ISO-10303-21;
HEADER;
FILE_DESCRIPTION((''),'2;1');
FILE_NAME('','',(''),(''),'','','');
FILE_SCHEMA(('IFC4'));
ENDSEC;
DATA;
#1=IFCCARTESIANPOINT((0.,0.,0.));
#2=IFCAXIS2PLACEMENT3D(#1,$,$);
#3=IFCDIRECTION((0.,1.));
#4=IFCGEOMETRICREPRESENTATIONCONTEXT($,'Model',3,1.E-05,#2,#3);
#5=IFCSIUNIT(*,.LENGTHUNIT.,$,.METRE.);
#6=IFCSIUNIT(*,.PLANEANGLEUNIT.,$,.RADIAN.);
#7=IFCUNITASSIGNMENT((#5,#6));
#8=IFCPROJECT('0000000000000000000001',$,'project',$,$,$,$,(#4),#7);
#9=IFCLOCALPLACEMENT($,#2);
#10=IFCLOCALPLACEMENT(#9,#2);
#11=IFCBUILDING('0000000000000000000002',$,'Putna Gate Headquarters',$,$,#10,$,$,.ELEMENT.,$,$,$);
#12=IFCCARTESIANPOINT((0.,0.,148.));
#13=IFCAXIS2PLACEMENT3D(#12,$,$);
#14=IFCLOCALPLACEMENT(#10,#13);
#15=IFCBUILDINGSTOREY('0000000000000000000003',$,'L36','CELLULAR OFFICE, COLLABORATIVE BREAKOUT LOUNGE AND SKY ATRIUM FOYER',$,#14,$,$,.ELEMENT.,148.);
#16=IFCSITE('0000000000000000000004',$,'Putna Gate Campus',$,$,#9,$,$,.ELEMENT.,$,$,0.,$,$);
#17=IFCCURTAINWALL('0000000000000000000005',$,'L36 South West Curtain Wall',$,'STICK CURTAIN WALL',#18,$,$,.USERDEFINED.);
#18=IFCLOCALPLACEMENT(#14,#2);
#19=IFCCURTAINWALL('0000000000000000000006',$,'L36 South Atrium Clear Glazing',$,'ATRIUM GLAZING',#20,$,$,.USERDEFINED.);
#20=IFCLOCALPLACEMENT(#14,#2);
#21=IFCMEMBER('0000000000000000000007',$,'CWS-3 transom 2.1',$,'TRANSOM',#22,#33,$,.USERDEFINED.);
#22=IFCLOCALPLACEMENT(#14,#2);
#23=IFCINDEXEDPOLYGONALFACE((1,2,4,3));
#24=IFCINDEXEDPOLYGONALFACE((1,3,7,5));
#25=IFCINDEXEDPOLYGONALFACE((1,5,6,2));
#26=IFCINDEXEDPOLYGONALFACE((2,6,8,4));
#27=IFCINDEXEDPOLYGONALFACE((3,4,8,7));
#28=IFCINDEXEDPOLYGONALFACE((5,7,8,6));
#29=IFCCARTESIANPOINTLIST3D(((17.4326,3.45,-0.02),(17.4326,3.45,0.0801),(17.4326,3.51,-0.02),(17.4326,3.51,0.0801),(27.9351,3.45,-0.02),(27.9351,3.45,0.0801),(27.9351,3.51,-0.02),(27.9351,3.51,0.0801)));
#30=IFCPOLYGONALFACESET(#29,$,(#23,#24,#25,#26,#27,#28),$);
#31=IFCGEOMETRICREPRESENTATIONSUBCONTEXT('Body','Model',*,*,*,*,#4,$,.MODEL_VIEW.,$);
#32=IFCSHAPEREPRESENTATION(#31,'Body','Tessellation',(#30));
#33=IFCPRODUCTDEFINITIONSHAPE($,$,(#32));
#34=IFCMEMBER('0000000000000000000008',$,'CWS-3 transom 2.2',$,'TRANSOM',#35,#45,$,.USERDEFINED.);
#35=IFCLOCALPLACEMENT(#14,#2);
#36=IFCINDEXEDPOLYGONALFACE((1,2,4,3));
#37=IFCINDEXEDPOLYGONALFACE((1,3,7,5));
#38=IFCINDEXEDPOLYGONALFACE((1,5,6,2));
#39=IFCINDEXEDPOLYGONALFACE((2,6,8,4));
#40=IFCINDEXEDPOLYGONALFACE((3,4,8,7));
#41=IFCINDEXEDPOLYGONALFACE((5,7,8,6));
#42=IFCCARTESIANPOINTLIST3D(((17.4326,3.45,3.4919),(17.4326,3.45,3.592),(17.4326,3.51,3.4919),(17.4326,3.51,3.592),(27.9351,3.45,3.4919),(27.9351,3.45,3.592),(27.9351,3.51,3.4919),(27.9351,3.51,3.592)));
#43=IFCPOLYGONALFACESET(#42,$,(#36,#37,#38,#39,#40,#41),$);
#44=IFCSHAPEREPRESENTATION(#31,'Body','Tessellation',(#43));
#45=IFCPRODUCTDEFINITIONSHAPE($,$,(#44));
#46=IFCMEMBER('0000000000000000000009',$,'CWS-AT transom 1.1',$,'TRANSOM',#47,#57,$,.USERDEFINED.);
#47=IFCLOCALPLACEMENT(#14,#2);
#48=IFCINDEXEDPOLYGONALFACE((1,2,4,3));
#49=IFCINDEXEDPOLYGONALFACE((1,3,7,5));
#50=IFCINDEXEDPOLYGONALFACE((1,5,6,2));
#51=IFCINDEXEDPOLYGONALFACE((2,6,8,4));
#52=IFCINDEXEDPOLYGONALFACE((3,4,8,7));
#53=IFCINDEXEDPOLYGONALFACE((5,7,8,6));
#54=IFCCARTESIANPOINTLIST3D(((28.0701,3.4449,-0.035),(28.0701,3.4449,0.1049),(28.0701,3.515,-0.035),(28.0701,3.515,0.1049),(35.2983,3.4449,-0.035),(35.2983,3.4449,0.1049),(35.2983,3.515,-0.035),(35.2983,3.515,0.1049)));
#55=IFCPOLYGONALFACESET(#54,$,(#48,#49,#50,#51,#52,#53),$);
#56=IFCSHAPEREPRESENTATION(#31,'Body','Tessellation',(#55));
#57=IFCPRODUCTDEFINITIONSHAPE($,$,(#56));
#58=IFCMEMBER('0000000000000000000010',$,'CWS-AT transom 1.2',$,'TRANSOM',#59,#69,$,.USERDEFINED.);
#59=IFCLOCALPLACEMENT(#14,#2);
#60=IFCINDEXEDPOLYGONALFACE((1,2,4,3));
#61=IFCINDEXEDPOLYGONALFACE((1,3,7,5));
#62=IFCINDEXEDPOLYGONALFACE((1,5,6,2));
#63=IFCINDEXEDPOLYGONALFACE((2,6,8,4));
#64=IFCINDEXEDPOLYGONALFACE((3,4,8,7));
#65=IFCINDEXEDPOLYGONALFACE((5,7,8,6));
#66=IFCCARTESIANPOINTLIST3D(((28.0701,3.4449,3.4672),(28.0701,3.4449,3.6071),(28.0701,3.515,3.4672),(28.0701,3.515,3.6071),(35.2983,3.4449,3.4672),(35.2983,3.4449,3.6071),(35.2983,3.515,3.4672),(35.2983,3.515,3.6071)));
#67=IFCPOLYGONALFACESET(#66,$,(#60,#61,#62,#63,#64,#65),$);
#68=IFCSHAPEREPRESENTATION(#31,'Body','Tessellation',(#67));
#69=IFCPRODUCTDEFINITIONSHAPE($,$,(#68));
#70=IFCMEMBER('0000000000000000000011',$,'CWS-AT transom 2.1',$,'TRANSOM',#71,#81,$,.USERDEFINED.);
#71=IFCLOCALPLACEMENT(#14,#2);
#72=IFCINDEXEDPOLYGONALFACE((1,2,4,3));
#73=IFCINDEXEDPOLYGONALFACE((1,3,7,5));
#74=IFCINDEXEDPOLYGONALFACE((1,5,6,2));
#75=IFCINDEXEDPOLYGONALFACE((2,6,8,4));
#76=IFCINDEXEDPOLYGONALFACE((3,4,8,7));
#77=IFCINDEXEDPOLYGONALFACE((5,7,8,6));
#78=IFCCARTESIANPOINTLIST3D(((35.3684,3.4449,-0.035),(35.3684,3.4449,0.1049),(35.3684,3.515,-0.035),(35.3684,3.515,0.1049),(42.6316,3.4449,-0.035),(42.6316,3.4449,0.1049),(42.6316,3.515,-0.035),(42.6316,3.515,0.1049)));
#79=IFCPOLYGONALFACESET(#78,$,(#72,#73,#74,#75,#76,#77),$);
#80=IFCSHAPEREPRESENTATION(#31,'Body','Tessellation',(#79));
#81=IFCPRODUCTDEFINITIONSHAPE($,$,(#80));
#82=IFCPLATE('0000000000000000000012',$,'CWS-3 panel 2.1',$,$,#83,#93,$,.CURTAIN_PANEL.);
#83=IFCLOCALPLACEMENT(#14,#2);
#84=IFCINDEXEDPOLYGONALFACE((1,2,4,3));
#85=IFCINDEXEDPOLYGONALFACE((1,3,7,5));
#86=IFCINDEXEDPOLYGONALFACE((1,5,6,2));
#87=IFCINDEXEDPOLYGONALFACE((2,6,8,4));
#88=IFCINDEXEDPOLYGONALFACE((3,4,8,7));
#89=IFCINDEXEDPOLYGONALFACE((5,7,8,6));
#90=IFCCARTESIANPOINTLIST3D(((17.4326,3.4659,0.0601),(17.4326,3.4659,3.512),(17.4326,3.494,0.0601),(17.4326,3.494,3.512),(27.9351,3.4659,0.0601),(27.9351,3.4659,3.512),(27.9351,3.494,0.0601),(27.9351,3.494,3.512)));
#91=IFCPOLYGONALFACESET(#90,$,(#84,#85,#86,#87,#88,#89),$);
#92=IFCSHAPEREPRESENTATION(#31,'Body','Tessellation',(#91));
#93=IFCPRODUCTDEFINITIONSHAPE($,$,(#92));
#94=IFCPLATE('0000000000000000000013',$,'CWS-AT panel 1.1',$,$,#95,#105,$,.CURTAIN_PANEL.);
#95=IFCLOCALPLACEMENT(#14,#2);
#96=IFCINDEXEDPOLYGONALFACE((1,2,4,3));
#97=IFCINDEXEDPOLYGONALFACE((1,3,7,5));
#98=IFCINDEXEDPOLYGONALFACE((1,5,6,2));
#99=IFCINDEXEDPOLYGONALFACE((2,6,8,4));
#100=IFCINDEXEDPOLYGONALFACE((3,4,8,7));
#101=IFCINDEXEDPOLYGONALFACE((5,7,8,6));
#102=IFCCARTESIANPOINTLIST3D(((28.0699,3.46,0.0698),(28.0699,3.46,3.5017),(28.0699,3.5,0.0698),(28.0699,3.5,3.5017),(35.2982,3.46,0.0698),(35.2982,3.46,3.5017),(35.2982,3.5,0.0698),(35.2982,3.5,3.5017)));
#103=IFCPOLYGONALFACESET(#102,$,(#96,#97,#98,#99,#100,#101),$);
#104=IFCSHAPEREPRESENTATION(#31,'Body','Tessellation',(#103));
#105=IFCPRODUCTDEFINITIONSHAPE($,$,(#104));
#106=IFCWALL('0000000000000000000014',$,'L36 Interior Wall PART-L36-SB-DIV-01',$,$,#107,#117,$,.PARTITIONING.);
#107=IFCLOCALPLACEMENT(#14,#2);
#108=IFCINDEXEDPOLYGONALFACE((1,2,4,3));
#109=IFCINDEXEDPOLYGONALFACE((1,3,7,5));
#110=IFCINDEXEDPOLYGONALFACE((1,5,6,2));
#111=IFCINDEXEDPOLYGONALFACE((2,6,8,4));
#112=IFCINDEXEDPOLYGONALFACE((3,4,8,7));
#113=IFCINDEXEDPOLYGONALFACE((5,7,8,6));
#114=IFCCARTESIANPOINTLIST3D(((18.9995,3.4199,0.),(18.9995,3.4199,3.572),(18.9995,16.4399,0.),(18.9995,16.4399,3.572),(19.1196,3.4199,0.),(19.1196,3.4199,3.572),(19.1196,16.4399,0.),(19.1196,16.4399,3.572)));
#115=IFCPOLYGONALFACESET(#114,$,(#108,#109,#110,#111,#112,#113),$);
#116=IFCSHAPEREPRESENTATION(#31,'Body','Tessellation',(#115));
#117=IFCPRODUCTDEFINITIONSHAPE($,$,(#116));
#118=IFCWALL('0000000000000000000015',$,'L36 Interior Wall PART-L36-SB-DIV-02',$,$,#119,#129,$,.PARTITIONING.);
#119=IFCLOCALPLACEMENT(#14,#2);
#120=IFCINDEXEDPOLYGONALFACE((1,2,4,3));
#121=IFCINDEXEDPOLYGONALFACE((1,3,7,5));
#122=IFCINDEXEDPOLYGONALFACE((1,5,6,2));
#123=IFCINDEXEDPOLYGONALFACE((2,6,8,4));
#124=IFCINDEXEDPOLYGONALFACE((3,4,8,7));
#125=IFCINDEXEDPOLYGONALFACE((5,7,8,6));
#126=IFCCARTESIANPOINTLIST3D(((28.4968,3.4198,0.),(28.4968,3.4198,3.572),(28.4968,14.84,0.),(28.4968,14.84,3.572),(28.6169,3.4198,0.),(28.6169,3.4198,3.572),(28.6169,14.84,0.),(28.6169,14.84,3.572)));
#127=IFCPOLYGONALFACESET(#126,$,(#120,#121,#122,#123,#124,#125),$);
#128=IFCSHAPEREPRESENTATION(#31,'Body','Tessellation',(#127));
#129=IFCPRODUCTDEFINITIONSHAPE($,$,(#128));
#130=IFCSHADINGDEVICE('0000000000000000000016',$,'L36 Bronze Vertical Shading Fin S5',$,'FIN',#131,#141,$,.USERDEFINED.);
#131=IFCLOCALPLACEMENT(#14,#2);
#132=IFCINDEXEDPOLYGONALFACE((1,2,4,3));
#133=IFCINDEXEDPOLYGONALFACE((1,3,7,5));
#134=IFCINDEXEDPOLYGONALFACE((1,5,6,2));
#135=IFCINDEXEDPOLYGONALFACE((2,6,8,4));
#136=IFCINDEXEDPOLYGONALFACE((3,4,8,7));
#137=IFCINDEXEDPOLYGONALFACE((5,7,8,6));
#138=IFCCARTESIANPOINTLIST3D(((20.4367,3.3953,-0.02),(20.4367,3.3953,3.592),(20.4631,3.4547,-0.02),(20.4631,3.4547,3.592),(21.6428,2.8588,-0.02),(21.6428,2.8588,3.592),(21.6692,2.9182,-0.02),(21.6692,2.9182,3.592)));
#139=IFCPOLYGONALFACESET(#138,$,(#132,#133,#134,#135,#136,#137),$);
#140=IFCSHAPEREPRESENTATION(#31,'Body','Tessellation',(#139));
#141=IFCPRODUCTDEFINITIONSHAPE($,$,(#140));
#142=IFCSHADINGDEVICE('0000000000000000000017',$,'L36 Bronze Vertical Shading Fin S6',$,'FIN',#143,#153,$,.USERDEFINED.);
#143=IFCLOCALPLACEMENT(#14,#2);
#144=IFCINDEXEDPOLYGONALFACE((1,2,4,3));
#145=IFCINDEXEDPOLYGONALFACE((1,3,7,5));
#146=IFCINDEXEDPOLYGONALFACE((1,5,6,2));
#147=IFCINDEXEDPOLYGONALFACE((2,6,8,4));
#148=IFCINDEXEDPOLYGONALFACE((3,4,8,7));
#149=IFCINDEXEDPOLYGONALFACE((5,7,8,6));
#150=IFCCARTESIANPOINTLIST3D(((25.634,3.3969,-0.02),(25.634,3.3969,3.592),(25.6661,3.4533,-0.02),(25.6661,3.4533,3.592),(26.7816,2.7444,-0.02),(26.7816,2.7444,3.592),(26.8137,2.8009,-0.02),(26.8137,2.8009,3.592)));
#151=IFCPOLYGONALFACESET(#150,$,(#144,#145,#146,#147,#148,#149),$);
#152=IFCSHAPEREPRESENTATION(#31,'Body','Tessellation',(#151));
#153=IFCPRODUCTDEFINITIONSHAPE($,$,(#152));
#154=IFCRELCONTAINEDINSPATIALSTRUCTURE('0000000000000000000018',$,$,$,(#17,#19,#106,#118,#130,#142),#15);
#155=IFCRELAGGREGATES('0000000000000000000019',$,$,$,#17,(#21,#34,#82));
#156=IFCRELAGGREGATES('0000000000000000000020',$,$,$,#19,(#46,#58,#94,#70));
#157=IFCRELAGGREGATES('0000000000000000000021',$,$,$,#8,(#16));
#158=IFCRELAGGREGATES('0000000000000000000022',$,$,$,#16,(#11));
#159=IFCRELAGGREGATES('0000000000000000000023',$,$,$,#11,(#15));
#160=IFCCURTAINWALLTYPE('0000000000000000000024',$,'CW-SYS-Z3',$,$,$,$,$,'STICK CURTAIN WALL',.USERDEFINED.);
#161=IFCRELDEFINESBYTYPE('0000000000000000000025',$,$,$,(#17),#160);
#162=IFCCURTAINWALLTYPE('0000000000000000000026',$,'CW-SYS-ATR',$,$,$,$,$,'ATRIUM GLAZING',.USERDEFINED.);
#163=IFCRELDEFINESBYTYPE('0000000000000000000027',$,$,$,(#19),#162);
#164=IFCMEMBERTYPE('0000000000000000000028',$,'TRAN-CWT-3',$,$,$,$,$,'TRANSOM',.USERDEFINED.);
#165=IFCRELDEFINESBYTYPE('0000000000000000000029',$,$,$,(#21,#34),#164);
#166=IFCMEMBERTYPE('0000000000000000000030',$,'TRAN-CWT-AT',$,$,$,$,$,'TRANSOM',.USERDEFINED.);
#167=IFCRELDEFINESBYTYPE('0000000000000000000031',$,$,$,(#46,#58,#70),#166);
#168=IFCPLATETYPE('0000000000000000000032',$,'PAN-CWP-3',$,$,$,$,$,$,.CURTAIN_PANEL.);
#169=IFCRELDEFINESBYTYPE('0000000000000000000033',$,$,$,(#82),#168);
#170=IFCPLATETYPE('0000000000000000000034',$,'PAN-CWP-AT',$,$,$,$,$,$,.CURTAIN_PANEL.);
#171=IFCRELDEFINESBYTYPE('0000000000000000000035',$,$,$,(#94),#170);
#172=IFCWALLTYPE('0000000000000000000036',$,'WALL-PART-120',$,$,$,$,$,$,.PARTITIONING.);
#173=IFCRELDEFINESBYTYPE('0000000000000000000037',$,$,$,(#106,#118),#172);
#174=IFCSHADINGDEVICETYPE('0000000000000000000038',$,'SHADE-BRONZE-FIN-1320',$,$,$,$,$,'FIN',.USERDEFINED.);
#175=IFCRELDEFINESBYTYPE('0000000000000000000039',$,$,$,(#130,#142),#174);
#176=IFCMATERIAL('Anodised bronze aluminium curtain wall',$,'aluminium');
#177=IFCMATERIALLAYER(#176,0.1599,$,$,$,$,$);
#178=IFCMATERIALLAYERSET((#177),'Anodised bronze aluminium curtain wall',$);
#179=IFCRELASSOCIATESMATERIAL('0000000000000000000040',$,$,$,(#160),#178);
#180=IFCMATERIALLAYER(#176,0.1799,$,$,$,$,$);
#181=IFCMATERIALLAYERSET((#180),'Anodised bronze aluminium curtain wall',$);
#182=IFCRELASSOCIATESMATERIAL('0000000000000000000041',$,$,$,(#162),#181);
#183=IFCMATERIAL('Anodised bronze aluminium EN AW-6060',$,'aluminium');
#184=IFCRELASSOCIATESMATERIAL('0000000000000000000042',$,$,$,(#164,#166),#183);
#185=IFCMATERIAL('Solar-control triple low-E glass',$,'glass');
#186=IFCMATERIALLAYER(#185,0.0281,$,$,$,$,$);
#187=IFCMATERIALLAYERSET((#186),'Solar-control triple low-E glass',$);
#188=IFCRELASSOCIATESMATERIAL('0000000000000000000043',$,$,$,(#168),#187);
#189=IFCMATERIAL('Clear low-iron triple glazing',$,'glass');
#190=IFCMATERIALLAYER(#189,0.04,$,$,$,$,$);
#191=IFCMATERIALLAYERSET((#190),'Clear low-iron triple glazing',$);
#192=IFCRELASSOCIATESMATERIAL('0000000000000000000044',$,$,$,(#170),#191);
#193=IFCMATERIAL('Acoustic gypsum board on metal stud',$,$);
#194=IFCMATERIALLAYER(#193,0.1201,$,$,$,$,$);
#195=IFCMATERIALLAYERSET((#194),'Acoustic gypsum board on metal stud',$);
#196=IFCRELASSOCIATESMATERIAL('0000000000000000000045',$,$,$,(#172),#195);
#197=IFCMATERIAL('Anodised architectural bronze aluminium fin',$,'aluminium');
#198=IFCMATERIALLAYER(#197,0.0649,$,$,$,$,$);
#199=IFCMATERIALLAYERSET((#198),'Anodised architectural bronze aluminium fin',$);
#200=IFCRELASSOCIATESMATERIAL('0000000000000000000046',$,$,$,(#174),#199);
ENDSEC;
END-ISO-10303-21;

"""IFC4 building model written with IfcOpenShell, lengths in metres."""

from ifc_helpers import new_model, si_unit, direction, frame, frame_2d, origin, origin_2d, place, context, subcontext, project, spatial, rectangle, extrude, material, layer, layer_set, material_profile, profile_set, type_object, element, aggregate, save


model = new_model("IFC4")

# Units and contexts
model_context = context("Model", 3, precision=1e-05, world=origin(), true_north=direction((0.0, 1.0)))
body_context = subcontext(model_context, "Body", "Model", "MODEL_VIEW")
ifc_project = project(units=[si_unit("LENGTHUNIT", "METRE"), si_unit("PLANEANGLEUNIT", "RADIAN")], contexts=[model_context])

# Site, building, storey
site_placement = place(None, origin())
site = spatial("IfcSite", under=ifc_project, at=site_placement, Name="Putna Gate Campus", CompositionType="ELEMENT", RefElevation=0.0)
building_placement = place(site_placement, origin())
building = spatial("IfcBuilding", under=site, at=building_placement, Name="Putna Gate Headquarters", CompositionType="ELEMENT")
storey_placement = place(building_placement, frame((0.0, 0.0, 148.0)))
storey = spatial("IfcBuildingStorey", under=building, at=storey_placement, Name="L36", Description="CELLULAR OFFICE, COLLABORATIVE BREAKOUT LOUNGE AND SKY ATRIUM FOYER", CompositionType="ELEMENT", Elevation=148.0)

# Curtain wall
ifc_material_1 = material(Name="Anodised bronze aluminium curtain wall", Category="aluminium")
ifc_layer_1 = layer(ifc_material_1, 0.1599)
ifc_layer_set_1 = layer_set([ifc_layer_1], Name="Anodised bronze aluminium curtain wall")
curtain_wall_type_1 = type_object("IfcCurtainWallType", Name="CW-SYS-Z3", ElementType="STICK CURTAIN WALL", PredefinedType="USERDEFINED", material=ifc_layer_set_1)
curtain_wall_1_placement = place(storey_placement, origin())
curtain_wall_1 = element("IfcCurtainWall", 1, at=curtain_wall_1_placement, inside=storey, type_object=curtain_wall_type_1, Name="L36 South West Curtain Wall", ObjectType="STICK CURTAIN WALL", PredefinedType="USERDEFINED")
ifc_material_2 = material(Name="Anodised bronze aluminium EN AW-6060", Category="aluminium")

# Curtain wall
ifc_layer_2 = layer(ifc_material_1, 0.1799)
ifc_layer_set_2 = layer_set([ifc_layer_2], Name="Anodised bronze aluminium curtain wall")
curtain_wall_type_2 = type_object("IfcCurtainWallType", Name="CW-SYS-ATR", ElementType="ATRIUM GLAZING", PredefinedType="USERDEFINED", material=ifc_layer_set_2)
curtain_wall_2_placement = place(storey_placement, origin())
curtain_wall_2 = element("IfcCurtainWall", 2, at=curtain_wall_2_placement, inside=storey, type_object=curtain_wall_type_2, Name="L36 South Atrium Clear Glazing", ObjectType="ATRIUM GLAZING", PredefinedType="USERDEFINED")

# Members
ifc_material_profile_1 = material_profile(ifc_material_2, rectangle(XDim=0.0601, YDim=0.1001, at=origin_2d()), Name="Anodised bronze aluminium EN AW-6060")
ifc_profile_set_1 = profile_set([ifc_material_profile_1], Name="Anodised bronze aluminium EN AW-6060")
member_type_1 = type_object("IfcMemberType", Name="TRAN-CWT-3", ElementType="TRANSOM", PredefinedType="USERDEFINED", material=ifc_profile_set_1)
member_1_placement = place(storey_placement, frame((17.4326, 3.48, 0.03), z_axis=(1.0, 0.0, 0.0), x_axis=(0.0, 1.0, 0.0)))
member_1 = element("IfcMember", 3, at=member_1_placement, type_object=member_type_1, Name="CWS-3 transom 2.1", ObjectType="TRANSOM", PredefinedType="USERDEFINED", context=body_context, shape_type="SweptSolid", body=[
    extrude(rectangle(XDim=0.0601, YDim=0.1001, at=origin_2d()), origin(), (0.0, 0.0, 1.0), 10.5024),
])
member_2_placement = place(storey_placement, frame((17.4326, 3.48, 3.542), z_axis=(1.0, 0.0, 0.0), x_axis=(0.0, 1.0, 0.0)))
member_2 = element("IfcMember", 4, at=member_2_placement, type_object=member_type_1, Name="CWS-3 transom 2.2", ObjectType="TRANSOM", PredefinedType="USERDEFINED", context=body_context, shape_type="SweptSolid", body=[
    extrude(rectangle(XDim=0.0601, YDim=0.1001, at=origin_2d()), origin(), (0.0, 0.0, 1.0), 10.5024),
])
ifc_material_profile_2 = material_profile(ifc_material_2, rectangle(XDim=0.0701, YDim=0.1399, at=origin_2d()), Name="Anodised bronze aluminium EN AW-6060")
ifc_profile_set_2 = profile_set([ifc_material_profile_2], Name="Anodised bronze aluminium EN AW-6060")
member_type_2 = type_object("IfcMemberType", Name="TRAN-CWT-AT", ElementType="TRANSOM", PredefinedType="USERDEFINED", material=ifc_profile_set_2)
member_3_placement = place(storey_placement, frame((28.0701, 3.48, 0.0349), z_axis=(1.0, 0.0, 0.0), x_axis=(0.0, 1.0, 0.0)))
member_3 = element("IfcMember", 5, at=member_3_placement, type_object=member_type_2, Name="CWS-AT transom 1.1", ObjectType="TRANSOM", PredefinedType="USERDEFINED", context=body_context, shape_type="SweptSolid", body=[
    extrude(rectangle(XDim=0.0701, YDim=0.1399, at=origin_2d()), origin(), (0.0, 0.0, 1.0), 7.2283),
])
member_4_placement = place(storey_placement, frame((28.0701, 3.48, 3.5371), z_axis=(1.0, 0.0, 0.0), x_axis=(0.0, 1.0, 0.0)))
member_4 = element("IfcMember", 6, at=member_4_placement, type_object=member_type_2, Name="CWS-AT transom 1.2", ObjectType="TRANSOM", PredefinedType="USERDEFINED", context=body_context, shape_type="SweptSolid", body=[
    extrude(rectangle(XDim=0.0701, YDim=0.1399, at=origin_2d()), origin(), (0.0, 0.0, 1.0), 7.2283),
])
member_5_placement = place(storey_placement, frame((35.3684, 3.48, 0.0349), z_axis=(1.0, 0.0, 0.0), x_axis=(0.0, 1.0, 0.0)))
member_5 = element("IfcMember", 7, at=member_5_placement, type_object=member_type_2, Name="CWS-AT transom 2.1", ObjectType="TRANSOM", PredefinedType="USERDEFINED", context=body_context, shape_type="SweptSolid", body=[
    extrude(rectangle(XDim=0.0701, YDim=0.1399, at=origin_2d()), origin(), (0.0, 0.0, 1.0), 7.2632),
])

# Plates
ifc_material_3 = material(Name="Solar-control triple low-E glass", Category="glass")
ifc_layer_3 = layer(ifc_material_3, 0.0281)
ifc_layer_set_3 = layer_set([ifc_layer_3], Name="Solar-control triple low-E glass")
plate_type_1 = type_object("IfcPlateType", Name="PAN-CWP-3", PredefinedType="CURTAIN_PANEL", material=ifc_layer_set_3)
plate_1_placement = place(storey_placement, frame((22.6838, 3.48, 0.0601), z_axis=(0.0, 0.0, 1.0), x_axis=(1.0, 0.0, 0.0)))
plate_1 = element("IfcPlate", 8, at=plate_1_placement, type_object=plate_type_1, Name="CWS-3 panel 2.1", PredefinedType="CURTAIN_PANEL", context=body_context, shape_type="SweptSolid", body=[
    extrude(rectangle(XDim=10.5024, YDim=0.0281, at=origin_2d()), origin(), (0.0, 0.0, 1.0), 3.4519),
])
aggregate(curtain_wall_1, [member_1, member_2, plate_1])
ifc_material_4 = material(Name="Clear low-iron triple glazing", Category="glass")
ifc_layer_4 = layer(ifc_material_4, 0.04)
ifc_layer_set_4 = layer_set([ifc_layer_4], Name="Clear low-iron triple glazing")
plate_type_2 = type_object("IfcPlateType", Name="PAN-CWP-AT", PredefinedType="CURTAIN_PANEL", material=ifc_layer_set_4)
plate_2_placement = place(storey_placement, frame((31.6841, 3.48, 0.0698), z_axis=(0.0, 0.0, 1.0), x_axis=(1.0, 0.0, 0.0)))
plate_2 = element("IfcPlate", 9, at=plate_2_placement, type_object=plate_type_2, Name="CWS-AT panel 1.1", PredefinedType="CURTAIN_PANEL", context=body_context, shape_type="SweptSolid", body=[
    extrude(rectangle(XDim=7.2283, YDim=0.04, at=origin_2d()), origin(), (0.0, 0.0, 1.0), 3.4319),
])
aggregate(curtain_wall_2, [member_3, member_4, plate_2, member_5])

# Walls
ifc_material_5 = material(Name="Acoustic gypsum board on metal stud")
ifc_layer_5 = layer(ifc_material_5, 0.1201)
ifc_layer_set_5 = layer_set([ifc_layer_5], Name="Acoustic gypsum board on metal stud")
wall_type = type_object("IfcWallType", Name="WALL-PART-120", PredefinedType="PARTITIONING", material=ifc_layer_set_5)
wall_1_placement = place(storey_placement, frame((19.0596, 3.4199, 0.0), z_axis=(0.0, 0.0, 1.0), x_axis=(0.0, 1.0, 0.0)))
element("IfcWall", 10, at=wall_1_placement, inside=storey, type_object=wall_type, Name="L36 Interior Wall PART-L36-SB-DIV-01", PredefinedType="PARTITIONING", context=body_context, shape_type="SweptSolid", body=[
    extrude(rectangle(XDim=13.02, YDim=0.1201, at=frame_2d((6.51, 0.0))), origin(), (0.0, 0.0, 1.0), 3.572),
])
wall_2_placement = place(storey_placement, frame((28.5569, 3.4199, 0.0), z_axis=(0.0, 0.0, 1.0), x_axis=(0.0, 1.0, 0.0)))
element("IfcWall", 11, at=wall_2_placement, inside=storey, type_object=wall_type, Name="L36 Interior Wall PART-L36-SB-DIV-02", PredefinedType="PARTITIONING", context=body_context, shape_type="SweptSolid", body=[
    extrude(rectangle(XDim=11.4202, YDim=0.1201, at=frame_2d((5.71, 0.0))), origin(), (0.0, 0.0, 1.0), 3.572),
])

# Shading devices
ifc_material_6 = material(Name="Anodised architectural bronze aluminium fin", Category="aluminium")
ifc_layer_6 = layer(ifc_material_6, 0.0649)
ifc_layer_set_6 = layer_set([ifc_layer_6], Name="Anodised architectural bronze aluminium fin")
shading_device_type = type_object("IfcShadingDeviceType", Name="SHADE-BRONZE-FIN-1320", ElementType="FIN", PredefinedType="USERDEFINED", material=ifc_layer_set_6)
for number, where, z_axis, x_axis, name in (
    (12, (21.053, 3.1567, -0.02), (0.0, 0.0, 1.0), (0.913687, -0.406418, 0.0), "L36 Bronze Vertical Shading Fin S5"),
    (13, (26.2239, 3.0989, -0.02), (0.0, 0.0, 1.0), (0.869322, -0.494245, 0.0), "L36 Bronze Vertical Shading Fin S6"),
):
    element("IfcShadingDevice", number, at=place(storey_placement, frame(where, z_axis=z_axis, x_axis=x_axis)), inside=storey, type_object=shading_device_type, Name=name, ObjectType="FIN", PredefinedType="USERDEFINED", context=body_context, shape_type="SweptSolid", body=[
        extrude(rectangle(XDim=1.3201, YDim=0.0649, at=origin_2d()), origin(), (0.0, 0.0, 1.0), 3.6121),
    ])

save(model, "model.ifc")
